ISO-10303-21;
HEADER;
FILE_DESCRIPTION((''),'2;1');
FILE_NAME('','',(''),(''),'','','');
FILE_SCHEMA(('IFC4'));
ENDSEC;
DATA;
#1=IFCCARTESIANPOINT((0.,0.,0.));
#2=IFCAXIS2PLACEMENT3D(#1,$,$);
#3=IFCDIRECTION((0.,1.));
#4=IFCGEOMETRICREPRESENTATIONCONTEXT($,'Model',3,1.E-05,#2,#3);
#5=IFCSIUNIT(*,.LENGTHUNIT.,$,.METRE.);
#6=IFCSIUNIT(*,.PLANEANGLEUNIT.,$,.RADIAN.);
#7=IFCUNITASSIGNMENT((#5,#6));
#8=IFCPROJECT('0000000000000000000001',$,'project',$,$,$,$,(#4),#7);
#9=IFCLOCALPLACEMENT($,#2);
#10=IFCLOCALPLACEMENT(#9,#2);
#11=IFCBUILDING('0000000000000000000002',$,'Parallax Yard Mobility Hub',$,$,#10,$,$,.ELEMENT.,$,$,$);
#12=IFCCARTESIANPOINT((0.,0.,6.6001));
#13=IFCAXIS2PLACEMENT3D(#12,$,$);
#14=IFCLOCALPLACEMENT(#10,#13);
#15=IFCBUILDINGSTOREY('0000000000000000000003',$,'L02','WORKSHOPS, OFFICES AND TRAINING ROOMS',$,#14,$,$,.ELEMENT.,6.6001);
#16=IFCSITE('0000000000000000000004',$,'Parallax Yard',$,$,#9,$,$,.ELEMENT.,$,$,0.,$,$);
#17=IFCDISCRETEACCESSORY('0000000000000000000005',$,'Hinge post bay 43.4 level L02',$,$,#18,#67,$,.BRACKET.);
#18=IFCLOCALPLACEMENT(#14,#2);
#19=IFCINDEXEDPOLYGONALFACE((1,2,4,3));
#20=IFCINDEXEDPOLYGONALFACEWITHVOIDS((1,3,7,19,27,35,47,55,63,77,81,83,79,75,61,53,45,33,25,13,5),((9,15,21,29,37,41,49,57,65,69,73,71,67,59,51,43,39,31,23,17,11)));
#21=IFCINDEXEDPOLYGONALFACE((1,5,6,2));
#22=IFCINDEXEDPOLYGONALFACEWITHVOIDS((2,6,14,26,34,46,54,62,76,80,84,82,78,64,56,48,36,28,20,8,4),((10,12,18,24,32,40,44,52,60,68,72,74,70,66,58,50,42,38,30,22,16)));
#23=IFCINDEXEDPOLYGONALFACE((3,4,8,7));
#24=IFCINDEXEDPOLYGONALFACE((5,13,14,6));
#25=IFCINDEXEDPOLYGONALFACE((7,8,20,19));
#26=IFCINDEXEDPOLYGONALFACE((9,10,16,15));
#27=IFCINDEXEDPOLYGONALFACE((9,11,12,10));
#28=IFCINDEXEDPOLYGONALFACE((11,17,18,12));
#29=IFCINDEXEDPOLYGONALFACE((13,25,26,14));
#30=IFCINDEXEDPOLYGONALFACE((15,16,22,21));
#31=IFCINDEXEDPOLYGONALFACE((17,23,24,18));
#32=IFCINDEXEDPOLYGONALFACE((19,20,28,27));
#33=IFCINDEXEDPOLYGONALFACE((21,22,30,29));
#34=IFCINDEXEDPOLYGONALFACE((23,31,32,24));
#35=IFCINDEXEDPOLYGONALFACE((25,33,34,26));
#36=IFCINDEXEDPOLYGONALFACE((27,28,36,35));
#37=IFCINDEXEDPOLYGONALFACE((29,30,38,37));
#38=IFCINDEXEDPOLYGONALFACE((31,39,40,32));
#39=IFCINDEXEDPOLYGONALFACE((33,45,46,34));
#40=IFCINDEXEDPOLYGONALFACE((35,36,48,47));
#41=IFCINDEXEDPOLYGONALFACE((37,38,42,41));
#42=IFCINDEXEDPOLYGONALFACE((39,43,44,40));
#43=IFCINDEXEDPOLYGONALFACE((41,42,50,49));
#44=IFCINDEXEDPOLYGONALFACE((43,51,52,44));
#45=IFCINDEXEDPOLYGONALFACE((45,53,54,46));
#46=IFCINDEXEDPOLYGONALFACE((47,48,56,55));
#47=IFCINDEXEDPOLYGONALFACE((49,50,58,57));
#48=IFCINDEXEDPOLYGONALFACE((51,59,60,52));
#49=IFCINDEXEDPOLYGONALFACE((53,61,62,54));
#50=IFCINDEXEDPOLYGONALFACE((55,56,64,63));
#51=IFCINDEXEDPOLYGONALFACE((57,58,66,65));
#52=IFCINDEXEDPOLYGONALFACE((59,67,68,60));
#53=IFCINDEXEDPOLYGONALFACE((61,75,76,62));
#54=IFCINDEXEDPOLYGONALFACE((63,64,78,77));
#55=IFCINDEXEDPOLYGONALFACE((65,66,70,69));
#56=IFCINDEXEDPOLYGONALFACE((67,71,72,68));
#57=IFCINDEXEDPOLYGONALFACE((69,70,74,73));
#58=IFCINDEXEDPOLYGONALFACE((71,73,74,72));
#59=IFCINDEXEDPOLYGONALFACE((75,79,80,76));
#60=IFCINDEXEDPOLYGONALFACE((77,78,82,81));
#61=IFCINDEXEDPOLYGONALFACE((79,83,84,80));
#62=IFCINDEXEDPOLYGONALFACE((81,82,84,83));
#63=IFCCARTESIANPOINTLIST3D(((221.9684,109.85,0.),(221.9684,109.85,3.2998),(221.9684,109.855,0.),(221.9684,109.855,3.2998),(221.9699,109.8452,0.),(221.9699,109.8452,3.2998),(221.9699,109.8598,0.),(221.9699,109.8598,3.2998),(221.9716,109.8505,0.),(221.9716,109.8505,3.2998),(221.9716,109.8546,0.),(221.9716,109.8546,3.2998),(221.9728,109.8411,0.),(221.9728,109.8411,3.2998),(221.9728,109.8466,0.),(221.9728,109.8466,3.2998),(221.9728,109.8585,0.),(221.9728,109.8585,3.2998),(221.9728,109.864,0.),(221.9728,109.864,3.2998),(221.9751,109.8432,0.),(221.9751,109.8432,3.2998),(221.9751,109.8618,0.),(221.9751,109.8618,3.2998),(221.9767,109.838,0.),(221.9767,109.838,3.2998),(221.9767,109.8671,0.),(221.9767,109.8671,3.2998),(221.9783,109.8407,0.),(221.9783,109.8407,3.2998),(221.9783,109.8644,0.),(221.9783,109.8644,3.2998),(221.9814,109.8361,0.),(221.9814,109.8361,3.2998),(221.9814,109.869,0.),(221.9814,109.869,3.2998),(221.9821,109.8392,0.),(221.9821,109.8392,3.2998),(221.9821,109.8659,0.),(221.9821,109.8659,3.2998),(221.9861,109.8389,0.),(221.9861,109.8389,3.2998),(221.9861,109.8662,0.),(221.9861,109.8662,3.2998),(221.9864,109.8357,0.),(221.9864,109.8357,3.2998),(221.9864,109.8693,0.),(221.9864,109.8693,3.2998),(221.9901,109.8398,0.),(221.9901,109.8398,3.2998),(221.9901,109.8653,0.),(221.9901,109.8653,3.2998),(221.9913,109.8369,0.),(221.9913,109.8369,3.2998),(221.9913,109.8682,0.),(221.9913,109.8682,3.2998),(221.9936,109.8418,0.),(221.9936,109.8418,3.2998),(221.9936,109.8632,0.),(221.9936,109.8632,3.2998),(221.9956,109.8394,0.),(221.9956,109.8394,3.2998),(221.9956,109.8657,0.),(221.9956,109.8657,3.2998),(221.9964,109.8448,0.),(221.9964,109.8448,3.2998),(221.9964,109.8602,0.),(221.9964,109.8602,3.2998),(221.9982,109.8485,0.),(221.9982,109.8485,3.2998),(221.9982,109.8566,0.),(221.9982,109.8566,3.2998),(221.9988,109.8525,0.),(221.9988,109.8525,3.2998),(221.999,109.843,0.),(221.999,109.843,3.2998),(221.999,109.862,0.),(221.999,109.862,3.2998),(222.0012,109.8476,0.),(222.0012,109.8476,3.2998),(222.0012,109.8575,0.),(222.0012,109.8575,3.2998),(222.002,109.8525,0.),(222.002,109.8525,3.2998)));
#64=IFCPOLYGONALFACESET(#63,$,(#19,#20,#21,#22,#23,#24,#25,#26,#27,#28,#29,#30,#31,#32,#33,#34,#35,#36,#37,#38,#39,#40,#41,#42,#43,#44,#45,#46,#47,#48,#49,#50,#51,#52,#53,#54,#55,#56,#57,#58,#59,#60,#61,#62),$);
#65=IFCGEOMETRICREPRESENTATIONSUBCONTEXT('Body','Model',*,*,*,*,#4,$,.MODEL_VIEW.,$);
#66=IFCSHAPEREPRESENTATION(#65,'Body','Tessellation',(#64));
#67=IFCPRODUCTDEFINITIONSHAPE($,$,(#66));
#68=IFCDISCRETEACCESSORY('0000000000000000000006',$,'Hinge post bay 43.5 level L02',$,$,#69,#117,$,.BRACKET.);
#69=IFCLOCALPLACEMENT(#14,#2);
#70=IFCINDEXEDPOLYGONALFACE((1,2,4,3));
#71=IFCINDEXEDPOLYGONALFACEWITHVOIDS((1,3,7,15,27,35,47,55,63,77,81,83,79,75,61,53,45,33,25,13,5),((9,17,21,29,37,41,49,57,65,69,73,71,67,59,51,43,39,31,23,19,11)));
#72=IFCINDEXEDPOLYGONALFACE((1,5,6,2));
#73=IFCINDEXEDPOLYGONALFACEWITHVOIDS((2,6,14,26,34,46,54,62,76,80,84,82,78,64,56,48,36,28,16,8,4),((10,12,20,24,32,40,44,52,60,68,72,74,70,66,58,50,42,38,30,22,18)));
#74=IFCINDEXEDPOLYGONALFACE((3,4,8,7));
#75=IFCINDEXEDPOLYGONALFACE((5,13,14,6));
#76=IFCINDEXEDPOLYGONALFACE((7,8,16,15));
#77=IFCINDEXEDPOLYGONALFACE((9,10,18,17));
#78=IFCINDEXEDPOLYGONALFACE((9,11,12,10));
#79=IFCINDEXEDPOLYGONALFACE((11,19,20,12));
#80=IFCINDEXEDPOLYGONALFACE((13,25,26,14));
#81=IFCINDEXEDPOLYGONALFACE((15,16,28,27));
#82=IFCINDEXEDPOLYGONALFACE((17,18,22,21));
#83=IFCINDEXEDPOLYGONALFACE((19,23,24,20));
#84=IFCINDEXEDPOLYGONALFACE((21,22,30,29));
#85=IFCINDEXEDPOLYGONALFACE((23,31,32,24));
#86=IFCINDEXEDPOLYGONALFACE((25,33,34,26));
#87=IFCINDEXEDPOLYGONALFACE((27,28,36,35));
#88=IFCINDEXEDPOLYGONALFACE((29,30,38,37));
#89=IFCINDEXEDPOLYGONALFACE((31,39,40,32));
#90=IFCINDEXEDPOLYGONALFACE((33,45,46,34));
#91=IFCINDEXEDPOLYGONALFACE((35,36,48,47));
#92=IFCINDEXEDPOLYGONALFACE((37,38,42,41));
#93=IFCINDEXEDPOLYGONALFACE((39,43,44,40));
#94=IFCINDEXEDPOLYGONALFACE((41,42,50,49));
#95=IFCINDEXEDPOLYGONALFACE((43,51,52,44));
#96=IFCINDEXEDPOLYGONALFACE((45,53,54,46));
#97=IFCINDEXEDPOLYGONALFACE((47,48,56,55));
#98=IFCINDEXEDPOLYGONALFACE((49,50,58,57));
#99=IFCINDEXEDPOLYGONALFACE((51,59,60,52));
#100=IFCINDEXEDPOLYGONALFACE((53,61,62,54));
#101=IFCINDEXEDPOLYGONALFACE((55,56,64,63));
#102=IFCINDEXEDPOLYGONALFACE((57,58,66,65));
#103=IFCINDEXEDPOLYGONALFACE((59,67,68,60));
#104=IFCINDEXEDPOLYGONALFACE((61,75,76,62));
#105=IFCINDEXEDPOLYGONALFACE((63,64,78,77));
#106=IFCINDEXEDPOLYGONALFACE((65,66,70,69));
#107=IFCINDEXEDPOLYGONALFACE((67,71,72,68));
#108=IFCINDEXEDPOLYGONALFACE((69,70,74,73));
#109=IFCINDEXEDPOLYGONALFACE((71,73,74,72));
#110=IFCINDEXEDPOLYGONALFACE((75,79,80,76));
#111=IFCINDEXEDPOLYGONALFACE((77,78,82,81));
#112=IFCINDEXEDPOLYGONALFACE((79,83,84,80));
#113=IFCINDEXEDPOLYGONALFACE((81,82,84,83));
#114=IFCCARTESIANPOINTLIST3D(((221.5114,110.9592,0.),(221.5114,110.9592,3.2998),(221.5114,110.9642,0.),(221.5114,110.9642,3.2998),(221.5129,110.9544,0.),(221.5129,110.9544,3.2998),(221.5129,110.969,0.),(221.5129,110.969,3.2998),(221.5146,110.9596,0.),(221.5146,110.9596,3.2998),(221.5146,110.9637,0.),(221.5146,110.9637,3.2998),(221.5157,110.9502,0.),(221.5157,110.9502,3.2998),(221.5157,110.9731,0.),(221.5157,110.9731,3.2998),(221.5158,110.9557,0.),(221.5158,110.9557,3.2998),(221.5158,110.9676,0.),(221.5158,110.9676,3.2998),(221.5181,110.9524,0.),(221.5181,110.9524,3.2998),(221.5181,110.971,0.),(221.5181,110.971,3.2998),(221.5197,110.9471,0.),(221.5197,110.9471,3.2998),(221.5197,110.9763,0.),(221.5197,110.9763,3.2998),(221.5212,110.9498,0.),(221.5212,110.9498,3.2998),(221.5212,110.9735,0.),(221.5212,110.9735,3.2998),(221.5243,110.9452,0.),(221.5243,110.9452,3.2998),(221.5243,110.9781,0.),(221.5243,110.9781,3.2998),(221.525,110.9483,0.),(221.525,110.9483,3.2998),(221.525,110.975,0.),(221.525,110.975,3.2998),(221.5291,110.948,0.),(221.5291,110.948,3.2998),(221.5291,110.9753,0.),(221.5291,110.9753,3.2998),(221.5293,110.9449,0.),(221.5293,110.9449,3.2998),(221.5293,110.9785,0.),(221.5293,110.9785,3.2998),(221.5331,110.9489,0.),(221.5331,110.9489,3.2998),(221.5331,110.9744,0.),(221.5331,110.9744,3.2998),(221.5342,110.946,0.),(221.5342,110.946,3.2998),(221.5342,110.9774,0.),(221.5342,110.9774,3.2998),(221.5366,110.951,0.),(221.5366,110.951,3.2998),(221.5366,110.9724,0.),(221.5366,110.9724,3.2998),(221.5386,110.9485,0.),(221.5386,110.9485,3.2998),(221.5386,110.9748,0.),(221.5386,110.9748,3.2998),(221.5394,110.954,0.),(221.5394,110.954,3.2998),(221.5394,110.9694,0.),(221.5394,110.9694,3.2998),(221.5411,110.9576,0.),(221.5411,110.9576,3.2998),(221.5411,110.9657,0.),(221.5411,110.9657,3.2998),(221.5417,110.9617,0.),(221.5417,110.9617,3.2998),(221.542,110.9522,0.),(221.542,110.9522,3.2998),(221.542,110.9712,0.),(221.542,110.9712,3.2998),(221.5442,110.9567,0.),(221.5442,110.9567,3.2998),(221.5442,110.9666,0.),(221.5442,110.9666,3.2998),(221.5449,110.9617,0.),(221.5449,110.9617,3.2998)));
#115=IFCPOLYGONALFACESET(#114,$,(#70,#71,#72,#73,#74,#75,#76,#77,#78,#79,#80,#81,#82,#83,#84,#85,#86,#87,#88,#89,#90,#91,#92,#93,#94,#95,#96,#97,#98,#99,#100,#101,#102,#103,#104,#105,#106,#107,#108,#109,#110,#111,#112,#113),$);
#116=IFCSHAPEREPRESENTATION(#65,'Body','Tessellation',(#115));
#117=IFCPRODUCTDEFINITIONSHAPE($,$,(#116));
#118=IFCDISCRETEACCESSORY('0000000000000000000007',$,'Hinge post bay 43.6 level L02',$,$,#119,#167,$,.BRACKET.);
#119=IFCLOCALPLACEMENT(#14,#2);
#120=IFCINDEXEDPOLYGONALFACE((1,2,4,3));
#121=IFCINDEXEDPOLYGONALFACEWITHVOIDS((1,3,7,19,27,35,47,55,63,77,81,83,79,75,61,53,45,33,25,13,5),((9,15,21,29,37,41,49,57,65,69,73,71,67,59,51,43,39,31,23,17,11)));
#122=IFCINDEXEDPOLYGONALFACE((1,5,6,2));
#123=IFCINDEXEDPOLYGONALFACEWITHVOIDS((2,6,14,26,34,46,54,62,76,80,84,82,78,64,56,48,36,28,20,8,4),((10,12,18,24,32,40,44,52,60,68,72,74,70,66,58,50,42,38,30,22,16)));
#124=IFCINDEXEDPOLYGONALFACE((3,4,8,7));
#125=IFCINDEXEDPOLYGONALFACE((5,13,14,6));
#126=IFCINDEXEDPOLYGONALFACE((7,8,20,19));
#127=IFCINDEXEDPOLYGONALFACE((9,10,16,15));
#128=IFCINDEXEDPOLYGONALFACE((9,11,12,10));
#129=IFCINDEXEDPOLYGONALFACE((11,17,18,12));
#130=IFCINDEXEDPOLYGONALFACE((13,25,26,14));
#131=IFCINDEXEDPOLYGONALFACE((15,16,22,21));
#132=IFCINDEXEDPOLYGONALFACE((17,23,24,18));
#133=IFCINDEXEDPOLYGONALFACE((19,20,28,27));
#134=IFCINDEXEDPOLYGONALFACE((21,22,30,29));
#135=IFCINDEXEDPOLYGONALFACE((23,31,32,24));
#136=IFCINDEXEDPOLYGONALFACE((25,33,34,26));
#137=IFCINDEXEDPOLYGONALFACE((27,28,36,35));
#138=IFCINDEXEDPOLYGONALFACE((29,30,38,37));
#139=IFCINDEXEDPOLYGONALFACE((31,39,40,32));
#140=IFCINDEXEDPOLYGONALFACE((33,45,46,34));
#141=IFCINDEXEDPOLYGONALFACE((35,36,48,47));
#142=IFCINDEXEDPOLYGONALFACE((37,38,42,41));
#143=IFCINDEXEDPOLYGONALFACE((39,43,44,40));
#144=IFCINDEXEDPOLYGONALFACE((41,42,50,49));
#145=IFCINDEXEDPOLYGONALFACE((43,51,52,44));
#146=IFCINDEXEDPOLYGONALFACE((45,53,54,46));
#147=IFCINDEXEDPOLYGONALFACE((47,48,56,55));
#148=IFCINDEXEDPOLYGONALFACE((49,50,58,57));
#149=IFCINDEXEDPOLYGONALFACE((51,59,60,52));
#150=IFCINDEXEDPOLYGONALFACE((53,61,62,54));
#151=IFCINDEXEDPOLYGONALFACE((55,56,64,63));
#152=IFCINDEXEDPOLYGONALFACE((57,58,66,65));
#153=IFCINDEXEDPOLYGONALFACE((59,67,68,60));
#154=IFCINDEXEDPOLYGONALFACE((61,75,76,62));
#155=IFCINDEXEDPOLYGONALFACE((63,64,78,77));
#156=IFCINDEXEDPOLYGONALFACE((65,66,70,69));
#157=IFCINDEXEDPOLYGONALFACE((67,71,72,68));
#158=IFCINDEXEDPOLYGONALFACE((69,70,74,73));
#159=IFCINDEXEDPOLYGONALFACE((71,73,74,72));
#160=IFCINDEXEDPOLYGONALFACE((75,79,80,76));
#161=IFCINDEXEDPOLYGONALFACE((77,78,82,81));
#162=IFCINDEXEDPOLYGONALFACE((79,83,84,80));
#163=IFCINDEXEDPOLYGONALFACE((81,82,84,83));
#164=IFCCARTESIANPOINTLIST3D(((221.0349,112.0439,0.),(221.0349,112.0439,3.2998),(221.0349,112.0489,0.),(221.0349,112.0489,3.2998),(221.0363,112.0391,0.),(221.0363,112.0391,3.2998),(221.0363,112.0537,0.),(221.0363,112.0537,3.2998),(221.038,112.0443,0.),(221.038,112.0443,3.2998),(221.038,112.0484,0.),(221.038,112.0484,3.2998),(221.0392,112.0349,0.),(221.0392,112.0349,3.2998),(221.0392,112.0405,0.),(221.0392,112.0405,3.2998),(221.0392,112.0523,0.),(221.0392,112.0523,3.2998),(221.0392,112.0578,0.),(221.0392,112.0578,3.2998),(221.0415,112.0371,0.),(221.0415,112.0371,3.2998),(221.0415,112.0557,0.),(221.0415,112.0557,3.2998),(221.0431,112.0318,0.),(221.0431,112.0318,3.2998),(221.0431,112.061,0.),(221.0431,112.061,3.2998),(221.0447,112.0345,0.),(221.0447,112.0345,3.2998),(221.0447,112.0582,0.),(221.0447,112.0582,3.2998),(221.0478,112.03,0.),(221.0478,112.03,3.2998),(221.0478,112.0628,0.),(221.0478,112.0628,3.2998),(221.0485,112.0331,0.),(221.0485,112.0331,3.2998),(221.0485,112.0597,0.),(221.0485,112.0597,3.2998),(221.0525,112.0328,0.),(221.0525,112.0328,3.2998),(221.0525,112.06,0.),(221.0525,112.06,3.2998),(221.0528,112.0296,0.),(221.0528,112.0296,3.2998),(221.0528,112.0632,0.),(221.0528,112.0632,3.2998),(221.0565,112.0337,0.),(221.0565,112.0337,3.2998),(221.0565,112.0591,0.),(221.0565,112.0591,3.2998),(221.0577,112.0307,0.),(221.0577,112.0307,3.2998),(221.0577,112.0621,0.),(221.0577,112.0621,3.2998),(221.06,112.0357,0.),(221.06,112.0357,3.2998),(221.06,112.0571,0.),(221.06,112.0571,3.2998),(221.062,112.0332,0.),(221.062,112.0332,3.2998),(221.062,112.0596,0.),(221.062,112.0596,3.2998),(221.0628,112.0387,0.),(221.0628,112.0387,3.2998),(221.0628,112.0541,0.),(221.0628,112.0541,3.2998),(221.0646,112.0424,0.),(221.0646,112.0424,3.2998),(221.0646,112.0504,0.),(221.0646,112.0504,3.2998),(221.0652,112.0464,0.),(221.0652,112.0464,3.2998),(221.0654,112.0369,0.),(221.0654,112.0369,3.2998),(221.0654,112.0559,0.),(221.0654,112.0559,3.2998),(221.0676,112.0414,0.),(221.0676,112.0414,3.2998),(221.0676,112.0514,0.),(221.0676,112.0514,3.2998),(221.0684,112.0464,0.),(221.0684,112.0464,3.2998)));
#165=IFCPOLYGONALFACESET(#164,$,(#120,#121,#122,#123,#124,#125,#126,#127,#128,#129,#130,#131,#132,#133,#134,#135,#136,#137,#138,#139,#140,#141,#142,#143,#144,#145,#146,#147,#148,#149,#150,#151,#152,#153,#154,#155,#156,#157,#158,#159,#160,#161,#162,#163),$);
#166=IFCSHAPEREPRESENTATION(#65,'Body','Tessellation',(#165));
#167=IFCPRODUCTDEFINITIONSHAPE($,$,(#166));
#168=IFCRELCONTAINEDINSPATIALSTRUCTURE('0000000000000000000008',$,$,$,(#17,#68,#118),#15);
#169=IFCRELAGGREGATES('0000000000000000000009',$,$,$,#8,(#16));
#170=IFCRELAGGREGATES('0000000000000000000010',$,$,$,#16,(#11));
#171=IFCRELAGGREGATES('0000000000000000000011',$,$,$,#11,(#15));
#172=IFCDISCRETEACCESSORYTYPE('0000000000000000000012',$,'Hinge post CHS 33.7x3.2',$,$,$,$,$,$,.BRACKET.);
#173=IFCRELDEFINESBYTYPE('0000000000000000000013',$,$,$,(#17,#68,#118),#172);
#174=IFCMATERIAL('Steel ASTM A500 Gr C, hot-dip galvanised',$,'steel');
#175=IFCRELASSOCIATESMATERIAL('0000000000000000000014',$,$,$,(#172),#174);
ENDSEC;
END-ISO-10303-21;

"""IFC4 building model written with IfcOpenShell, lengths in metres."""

from ifc_helpers import new_model, si_unit, direction, frame, origin, origin_2d, place, context, subcontext, project, spatial, hollow_circle, extrude, material, material_profile, profile_set, type_object, element, save


model = new_model("IFC4")

# Units and contexts
model_context = context("Model", 3, precision=1e-05, world=origin(), true_north=direction((0.0, 1.0)))
body_context = subcontext(model_context, "Body", "Model", "MODEL_VIEW")
ifc_project = project(units=[si_unit("LENGTHUNIT", "METRE"), si_unit("PLANEANGLEUNIT", "RADIAN")], contexts=[model_context])

# Site, building, storey
site_placement = place(None, origin())
site = spatial("IfcSite", under=ifc_project, at=site_placement, Name="Parallax Yard", CompositionType="ELEMENT", RefElevation=0.0)
building_placement = place(site_placement, origin())
building = spatial("IfcBuilding", under=site, at=building_placement, Name="Parallax Yard Mobility Hub", CompositionType="ELEMENT")
storey_placement = place(building_placement, frame((0.0, 0.0, 6.6001)))
storey = spatial("IfcBuildingStorey", under=building, at=storey_placement, Name="L02", Description="WORKSHOPS, OFFICES AND TRAINING ROOMS", CompositionType="ELEMENT", Elevation=6.6001)

# Discrete accessories
ifc_material_1 = material(Name="Steel ASTM A500 Gr C, hot-dip galvanised", Category="steel")
ifc_material_profile_1 = material_profile(ifc_material_1, hollow_circle(Radius=0.0168, WallThickness=0.0032, at=origin_2d()), Name="CHS 33.7x3.2")
ifc_profile_set_1 = profile_set([ifc_material_profile_1], Name="Steel ASTM A500 Gr C, hot-dip galvanised")
discrete_accessory_type_1 = type_object("IfcDiscreteAccessoryType", Name="Hinge post CHS 33.7x3.2", PredefinedType="BRACKET", material=ifc_profile_set_1)
for number, where, z_axis, x_axis, name in (
    (1, (221.9851, 109.8525, 0.0), (0.0, 0.0, 1.0), (1.0, 0.0, 0.0), "Hinge post bay 43.4 level L02"),
    (2, (221.5281, 110.9617, 0.0), (0.0, 0.0, 1.0), (1.0, 0.0, 0.0), "Hinge post bay 43.5 level L02"),
    (3, (221.0515, 112.0464, 0.0), (0.0, 0.0, 1.0), (1.0, 0.0, 0.0), "Hinge post bay 43.6 level L02"),
):
    element("IfcDiscreteAccessory", number, at=place(storey_placement, frame(where, z_axis=z_axis, x_axis=x_axis)), inside=storey, type_object=discrete_accessory_type_1, Name=name, PredefinedType="BRACKET", context=body_context, shape_type="SweptSolid", body=[
        extrude(hollow_circle(Radius=0.0168, WallThickness=0.0032, at=origin_2d()), origin(), (0.0, 0.0, 1.0), 3.2998),
    ])

save(model, "model.ifc")
